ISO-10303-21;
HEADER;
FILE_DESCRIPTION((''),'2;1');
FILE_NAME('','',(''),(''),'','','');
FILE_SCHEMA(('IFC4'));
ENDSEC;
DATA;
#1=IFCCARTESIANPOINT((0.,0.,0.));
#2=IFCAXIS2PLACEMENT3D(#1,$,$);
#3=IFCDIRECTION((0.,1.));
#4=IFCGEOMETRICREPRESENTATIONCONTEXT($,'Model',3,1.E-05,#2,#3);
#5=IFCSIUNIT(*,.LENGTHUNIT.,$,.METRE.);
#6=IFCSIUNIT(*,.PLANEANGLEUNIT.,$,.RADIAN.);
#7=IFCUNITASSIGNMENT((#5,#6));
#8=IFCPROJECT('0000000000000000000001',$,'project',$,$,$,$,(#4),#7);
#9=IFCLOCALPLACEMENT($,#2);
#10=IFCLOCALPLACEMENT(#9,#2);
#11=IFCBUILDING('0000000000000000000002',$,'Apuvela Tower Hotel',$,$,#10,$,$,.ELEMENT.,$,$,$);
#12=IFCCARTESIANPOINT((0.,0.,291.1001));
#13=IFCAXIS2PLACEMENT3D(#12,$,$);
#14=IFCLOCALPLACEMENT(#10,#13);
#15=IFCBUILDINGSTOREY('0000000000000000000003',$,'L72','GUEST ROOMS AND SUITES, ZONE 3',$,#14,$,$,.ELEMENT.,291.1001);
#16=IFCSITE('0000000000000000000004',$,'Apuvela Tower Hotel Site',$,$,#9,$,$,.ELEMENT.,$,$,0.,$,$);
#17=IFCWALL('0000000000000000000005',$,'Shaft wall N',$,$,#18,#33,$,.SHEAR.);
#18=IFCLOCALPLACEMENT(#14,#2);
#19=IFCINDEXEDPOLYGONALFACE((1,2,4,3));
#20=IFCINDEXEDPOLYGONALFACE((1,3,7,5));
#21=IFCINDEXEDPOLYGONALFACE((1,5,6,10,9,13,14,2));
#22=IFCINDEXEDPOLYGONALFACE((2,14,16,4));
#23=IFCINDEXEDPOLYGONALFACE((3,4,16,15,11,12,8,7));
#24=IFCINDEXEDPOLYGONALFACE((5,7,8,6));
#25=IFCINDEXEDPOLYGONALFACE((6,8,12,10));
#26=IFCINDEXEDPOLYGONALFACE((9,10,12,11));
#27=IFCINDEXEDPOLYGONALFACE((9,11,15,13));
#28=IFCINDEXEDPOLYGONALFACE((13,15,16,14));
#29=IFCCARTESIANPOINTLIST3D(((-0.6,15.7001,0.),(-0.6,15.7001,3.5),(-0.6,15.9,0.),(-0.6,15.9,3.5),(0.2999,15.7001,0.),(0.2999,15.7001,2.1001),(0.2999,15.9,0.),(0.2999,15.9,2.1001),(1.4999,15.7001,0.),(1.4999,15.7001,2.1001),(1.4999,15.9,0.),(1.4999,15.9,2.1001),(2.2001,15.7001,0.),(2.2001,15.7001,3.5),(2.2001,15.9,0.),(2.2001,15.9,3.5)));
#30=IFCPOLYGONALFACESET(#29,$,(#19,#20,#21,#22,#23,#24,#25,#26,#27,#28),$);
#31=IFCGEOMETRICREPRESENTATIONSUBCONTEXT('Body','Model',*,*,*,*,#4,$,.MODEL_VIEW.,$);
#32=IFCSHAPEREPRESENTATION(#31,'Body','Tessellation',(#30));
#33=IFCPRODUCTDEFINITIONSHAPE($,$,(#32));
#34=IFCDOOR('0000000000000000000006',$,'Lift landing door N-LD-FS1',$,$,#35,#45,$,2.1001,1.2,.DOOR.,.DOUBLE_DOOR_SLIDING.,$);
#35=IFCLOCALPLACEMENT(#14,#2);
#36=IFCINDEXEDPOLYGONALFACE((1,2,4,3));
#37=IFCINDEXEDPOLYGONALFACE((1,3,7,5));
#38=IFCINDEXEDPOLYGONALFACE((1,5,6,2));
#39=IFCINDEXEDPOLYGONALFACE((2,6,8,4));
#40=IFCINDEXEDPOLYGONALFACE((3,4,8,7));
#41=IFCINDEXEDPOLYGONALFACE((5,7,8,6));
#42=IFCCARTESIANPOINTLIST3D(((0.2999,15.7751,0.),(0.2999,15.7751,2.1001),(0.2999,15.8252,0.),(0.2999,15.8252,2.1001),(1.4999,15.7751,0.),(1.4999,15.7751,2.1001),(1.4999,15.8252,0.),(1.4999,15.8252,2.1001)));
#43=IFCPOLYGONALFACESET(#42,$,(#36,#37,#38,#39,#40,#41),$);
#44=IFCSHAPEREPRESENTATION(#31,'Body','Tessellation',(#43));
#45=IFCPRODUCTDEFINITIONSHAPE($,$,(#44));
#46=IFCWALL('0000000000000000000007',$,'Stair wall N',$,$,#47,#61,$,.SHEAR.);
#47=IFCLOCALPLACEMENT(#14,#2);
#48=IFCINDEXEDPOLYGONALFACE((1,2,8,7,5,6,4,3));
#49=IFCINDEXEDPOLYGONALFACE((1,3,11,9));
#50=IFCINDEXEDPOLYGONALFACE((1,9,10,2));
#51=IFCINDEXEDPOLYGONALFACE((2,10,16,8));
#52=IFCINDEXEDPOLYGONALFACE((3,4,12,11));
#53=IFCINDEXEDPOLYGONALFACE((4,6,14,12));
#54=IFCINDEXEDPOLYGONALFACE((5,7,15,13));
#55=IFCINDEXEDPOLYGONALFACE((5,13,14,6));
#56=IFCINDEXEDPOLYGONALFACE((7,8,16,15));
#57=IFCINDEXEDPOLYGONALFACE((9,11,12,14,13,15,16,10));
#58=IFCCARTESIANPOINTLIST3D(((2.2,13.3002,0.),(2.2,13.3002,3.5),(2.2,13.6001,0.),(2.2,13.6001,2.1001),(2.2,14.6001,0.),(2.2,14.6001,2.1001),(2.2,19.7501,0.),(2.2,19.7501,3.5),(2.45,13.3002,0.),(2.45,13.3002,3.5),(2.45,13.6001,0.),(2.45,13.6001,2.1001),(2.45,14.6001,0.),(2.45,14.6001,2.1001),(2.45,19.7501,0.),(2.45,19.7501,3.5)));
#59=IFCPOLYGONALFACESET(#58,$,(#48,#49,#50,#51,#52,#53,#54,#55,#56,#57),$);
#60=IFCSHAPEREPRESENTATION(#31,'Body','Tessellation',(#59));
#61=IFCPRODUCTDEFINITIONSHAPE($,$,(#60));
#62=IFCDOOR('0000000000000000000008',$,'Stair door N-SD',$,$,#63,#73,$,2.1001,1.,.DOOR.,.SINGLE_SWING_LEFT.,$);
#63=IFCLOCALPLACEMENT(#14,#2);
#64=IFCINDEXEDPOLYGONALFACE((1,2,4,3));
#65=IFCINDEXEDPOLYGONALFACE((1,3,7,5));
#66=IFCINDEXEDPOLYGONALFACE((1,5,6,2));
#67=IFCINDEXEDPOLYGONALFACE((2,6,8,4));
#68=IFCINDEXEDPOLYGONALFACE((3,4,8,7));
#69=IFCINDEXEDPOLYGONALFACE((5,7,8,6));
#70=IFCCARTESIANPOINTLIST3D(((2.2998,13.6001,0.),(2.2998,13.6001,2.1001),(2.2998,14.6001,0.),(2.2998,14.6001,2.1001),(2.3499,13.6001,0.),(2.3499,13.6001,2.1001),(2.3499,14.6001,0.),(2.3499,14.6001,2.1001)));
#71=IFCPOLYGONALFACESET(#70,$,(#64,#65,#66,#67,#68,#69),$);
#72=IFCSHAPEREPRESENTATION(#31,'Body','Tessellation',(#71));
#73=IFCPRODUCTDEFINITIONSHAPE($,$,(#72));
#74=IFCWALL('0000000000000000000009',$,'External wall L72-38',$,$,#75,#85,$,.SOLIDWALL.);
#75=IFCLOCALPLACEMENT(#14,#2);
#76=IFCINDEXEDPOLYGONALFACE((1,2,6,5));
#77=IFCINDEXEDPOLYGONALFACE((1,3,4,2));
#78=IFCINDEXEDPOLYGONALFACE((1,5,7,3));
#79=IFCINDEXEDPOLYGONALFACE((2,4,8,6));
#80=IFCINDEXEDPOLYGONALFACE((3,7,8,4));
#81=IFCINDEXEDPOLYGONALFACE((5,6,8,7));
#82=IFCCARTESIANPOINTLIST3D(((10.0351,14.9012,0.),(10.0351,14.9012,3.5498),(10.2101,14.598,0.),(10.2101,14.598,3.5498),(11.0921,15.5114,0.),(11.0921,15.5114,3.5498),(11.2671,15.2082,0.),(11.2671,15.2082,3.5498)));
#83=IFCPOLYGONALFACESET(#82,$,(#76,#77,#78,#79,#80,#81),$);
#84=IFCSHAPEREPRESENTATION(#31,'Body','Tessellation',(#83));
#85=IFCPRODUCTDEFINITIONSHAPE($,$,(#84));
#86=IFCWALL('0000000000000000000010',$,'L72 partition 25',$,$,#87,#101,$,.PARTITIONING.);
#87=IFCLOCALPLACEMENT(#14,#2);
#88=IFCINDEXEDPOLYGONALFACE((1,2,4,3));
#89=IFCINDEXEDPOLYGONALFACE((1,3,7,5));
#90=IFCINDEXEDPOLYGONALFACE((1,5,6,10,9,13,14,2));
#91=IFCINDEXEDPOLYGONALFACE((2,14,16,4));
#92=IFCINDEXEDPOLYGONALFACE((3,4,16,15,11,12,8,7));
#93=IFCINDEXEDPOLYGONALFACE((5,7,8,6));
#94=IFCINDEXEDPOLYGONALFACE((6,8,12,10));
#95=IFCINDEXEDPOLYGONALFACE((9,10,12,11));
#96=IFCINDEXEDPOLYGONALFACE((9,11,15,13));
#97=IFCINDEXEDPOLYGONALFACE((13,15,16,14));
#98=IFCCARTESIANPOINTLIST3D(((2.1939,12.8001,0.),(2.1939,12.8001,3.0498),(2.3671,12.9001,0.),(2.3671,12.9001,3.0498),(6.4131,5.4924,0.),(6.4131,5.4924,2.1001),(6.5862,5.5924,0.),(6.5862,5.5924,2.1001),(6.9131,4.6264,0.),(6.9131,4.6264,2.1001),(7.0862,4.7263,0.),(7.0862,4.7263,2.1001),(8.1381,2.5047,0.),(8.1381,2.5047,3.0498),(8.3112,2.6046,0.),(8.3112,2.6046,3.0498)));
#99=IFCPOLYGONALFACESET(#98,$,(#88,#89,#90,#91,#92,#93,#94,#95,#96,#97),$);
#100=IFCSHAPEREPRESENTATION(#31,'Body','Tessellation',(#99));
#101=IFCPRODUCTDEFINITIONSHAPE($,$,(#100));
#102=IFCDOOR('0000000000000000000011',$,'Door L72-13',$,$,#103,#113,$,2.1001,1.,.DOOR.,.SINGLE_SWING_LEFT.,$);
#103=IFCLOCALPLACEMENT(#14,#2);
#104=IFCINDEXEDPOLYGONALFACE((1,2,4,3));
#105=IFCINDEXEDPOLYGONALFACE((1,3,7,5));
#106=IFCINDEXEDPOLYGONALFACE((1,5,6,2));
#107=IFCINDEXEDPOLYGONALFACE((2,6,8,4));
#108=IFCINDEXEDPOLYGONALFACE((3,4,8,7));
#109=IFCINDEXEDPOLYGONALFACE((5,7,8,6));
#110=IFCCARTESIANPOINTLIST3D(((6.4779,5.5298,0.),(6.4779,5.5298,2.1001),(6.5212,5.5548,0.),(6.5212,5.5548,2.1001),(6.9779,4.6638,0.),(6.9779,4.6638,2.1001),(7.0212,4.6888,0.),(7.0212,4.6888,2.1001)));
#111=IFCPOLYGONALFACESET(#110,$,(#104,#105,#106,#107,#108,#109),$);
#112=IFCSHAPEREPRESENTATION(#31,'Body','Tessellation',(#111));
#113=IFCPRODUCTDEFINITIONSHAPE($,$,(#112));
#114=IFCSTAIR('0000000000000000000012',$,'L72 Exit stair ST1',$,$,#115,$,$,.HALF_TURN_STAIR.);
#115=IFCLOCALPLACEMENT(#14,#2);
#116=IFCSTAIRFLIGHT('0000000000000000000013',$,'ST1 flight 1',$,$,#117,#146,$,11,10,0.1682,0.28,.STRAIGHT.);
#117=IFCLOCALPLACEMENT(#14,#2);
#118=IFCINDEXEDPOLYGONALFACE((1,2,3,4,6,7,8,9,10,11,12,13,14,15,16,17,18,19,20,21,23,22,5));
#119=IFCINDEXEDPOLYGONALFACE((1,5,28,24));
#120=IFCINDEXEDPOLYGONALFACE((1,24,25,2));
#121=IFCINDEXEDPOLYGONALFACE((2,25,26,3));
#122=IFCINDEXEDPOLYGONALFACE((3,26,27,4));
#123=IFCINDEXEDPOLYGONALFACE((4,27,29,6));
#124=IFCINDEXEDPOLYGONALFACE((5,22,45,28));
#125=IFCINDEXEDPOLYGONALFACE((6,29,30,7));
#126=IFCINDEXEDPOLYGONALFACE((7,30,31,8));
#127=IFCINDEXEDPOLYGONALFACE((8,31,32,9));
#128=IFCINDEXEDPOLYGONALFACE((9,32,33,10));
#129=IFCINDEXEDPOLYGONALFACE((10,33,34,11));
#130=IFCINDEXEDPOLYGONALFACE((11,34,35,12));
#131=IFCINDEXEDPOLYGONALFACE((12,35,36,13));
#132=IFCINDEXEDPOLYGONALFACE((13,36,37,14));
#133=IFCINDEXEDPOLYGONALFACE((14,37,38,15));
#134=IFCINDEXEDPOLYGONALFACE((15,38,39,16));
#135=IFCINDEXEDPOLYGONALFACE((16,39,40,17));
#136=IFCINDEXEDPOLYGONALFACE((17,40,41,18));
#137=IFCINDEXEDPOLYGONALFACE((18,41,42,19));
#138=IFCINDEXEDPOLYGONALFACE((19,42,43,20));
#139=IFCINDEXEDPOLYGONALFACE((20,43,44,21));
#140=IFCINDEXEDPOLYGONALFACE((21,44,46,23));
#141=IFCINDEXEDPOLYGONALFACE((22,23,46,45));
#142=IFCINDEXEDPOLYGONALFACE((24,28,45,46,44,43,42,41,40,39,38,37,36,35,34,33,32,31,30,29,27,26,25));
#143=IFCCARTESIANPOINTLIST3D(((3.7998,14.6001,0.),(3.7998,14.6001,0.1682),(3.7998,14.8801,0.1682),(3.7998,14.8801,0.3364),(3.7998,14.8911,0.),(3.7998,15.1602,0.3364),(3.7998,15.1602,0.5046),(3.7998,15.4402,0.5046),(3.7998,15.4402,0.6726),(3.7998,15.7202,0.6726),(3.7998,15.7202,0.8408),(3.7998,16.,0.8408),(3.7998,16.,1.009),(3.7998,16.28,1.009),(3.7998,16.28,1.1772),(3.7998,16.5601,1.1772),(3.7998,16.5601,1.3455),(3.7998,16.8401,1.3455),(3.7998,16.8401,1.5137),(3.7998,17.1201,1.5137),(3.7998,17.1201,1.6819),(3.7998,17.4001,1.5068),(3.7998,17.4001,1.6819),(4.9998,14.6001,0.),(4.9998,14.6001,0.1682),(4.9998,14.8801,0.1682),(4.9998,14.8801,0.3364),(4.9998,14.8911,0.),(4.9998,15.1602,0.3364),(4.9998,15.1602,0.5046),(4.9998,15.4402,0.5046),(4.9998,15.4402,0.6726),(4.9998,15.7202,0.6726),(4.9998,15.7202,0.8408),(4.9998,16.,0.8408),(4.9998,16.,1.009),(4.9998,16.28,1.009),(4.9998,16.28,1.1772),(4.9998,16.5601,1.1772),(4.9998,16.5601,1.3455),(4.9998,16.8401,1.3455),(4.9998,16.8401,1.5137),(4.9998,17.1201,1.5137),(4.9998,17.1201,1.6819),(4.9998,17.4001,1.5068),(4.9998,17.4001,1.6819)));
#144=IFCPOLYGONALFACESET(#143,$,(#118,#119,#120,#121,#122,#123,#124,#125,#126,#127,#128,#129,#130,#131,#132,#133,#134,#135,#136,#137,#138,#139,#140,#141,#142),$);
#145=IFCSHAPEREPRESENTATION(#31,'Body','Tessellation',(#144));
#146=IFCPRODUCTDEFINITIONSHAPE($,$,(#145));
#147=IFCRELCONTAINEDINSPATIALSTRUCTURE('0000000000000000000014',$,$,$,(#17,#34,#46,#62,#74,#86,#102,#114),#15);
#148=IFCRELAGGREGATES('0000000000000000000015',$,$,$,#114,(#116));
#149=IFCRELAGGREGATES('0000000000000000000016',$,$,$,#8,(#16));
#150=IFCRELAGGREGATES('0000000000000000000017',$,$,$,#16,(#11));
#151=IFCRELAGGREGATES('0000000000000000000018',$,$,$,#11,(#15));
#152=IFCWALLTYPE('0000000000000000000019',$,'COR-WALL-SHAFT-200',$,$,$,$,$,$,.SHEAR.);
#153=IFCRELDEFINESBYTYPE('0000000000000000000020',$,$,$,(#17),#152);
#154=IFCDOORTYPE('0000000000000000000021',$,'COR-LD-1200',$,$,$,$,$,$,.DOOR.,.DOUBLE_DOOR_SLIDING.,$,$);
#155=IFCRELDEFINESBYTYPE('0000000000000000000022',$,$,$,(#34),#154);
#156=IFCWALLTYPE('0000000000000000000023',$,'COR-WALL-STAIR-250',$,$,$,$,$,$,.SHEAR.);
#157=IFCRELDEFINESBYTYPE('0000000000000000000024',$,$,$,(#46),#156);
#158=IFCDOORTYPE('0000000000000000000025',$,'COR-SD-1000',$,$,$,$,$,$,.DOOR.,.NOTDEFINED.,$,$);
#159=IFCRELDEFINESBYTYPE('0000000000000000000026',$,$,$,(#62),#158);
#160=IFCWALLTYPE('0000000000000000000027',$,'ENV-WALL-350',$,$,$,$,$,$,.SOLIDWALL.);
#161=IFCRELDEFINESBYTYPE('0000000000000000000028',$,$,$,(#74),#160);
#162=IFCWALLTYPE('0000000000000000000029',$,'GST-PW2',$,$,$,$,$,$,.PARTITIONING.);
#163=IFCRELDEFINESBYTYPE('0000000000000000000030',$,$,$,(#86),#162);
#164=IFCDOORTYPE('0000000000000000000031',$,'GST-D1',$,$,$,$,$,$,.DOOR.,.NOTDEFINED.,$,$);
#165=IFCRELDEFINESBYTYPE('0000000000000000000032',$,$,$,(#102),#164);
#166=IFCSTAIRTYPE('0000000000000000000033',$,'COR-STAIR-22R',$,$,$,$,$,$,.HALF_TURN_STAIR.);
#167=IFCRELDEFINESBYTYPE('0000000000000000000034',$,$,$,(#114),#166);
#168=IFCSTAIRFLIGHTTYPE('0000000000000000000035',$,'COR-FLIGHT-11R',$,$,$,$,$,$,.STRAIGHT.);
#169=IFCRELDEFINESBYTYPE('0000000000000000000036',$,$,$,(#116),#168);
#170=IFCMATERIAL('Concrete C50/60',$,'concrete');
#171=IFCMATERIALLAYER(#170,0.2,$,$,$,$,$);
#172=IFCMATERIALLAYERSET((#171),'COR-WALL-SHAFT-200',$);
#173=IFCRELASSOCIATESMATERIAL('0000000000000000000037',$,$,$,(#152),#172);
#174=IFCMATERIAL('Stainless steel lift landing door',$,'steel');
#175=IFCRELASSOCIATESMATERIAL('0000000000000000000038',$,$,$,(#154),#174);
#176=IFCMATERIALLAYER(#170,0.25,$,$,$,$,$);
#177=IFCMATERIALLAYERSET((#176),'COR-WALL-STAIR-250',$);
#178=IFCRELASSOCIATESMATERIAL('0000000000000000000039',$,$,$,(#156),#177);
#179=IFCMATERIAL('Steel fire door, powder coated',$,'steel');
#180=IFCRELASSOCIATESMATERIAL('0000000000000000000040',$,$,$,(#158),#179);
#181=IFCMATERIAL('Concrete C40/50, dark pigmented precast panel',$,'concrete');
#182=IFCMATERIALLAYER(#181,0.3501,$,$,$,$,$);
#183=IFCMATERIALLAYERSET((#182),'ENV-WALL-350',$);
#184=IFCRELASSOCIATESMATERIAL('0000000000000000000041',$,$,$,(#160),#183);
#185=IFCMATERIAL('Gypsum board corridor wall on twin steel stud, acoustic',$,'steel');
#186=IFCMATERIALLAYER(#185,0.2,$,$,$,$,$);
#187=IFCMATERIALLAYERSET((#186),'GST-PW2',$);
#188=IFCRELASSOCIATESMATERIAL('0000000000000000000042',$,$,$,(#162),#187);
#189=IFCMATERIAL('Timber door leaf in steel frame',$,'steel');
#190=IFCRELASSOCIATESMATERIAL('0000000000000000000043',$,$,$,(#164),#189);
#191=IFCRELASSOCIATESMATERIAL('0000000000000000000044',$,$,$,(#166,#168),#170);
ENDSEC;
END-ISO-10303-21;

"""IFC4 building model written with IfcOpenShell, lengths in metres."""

from ifc_helpers import new_model, si_unit, direction, frame, frame_2d, origin, place, context, subcontext, project, spatial, polyline, rectangle, outline, extrude, material, layer, layer_set, type_object, element, fill, aggregate, save


model = new_model("IFC4")

# Units and contexts
model_context = context("Model", 3, precision=1e-05, world=origin(), true_north=direction((0.0, 1.0)))
body_context = subcontext(model_context, "Body", "Model", "MODEL_VIEW")
ifc_project = project(units=[si_unit("LENGTHUNIT", "METRE"), si_unit("PLANEANGLEUNIT", "RADIAN")], contexts=[model_context])

# Site, building, storey
site_placement = place(None, origin())
site = spatial("IfcSite", under=ifc_project, at=site_placement, Name="Apuvela Tower Hotel Site", CompositionType="ELEMENT", RefElevation=0.0)
building_placement = place(site_placement, origin())
building = spatial("IfcBuilding", under=site, at=building_placement, Name="Apuvela Tower Hotel", CompositionType="ELEMENT")
storey_placement = place(building_placement, frame((0.0, 0.0, 291.1001)))
storey = spatial("IfcBuildingStorey", under=building, at=storey_placement, Name="L72", Description="GUEST ROOMS AND SUITES, ZONE 3", CompositionType="ELEMENT", Elevation=291.1001)

# Shared definitions
ifc_material_1 = material(Name="Concrete C50/60", Category="concrete")
ifc_material_2 = material(Name="Steel fire door, powder coated", Category="steel")

# Walls, openings, doors
ifc_layer_1 = layer(ifc_material_1, 0.2)
ifc_layer_set_1 = layer_set([ifc_layer_1], Name="COR-WALL-SHAFT-200")
wall_type_1 = type_object("IfcWallType", Name="COR-WALL-SHAFT-200", PredefinedType="SHEAR", material=ifc_layer_set_1)
wall_1_placement = place(storey_placement, frame((2.2, 15.8, 0.0), z_axis=(0.0, 0.0, 1.0), x_axis=(-1.0, 0.0, 0.0)))
wall_1 = element("IfcWall", 1, at=wall_1_placement, inside=storey, type_object=wall_type_1, Name="Shaft wall N", PredefinedType="SHEAR", context=body_context, shape_type="SweptSolid", body=[
    extrude(rectangle(XDim=2.8, YDim=0.2, at=frame_2d((1.3999, 0.0))), origin(), (0.0, 0.0, 1.0), 3.5),
])
opening_1_placement = place(wall_1_placement, frame((0.7, 0.0, 0.0)))
opening_1 = element("IfcOpeningElement", 2, at=opening_1_placement, cuts=wall_1, PredefinedType="OPENING", context=body_context, shape_type="SweptSolid", body=[
    extrude(rectangle(XDim=1.2, YDim=2.1001, at=frame_2d((0.6001, 1.05))), frame((0.0, 0.1099, 0.0), z_axis=(0.0, -1.0, 0.0), x_axis=(1.0, 0.0, 0.0)), (0.0, 0.0, 1.0), 0.22),
])
ifc_material_3 = material(Name="Stainless steel lift landing door", Category="steel")
door_type_1 = type_object("IfcDoorType", Name="COR-LD-1200", OperationType="DOUBLE_DOOR_SLIDING", PredefinedType="DOOR", material=ifc_material_3)
door_1_placement = place(opening_1_placement, origin())
door_1 = element("IfcDoor", 3, at=door_1_placement, inside=storey, type_object=door_type_1, Name="Lift landing door N-LD-FS1", OperationType="DOUBLE_DOOR_SLIDING", OverallHeight=2.1001, OverallWidth=1.2, PredefinedType="DOOR", context=body_context, shape_type="SweptSolid", body=[
    extrude(rectangle(XDim=1.2, YDim=2.1001, at=frame_2d((0.6001, 1.05))), frame((0.0, 0.0249, 0.0), z_axis=(0.0, -1.0, 0.0), x_axis=(1.0, 0.0, 0.0)), (0.0, 0.0, 1.0), 0.05),
])
fill(opening_1, door_1)
ifc_layer_2 = layer(ifc_material_1, 0.25)
ifc_layer_set_2 = layer_set([ifc_layer_2], Name="COR-WALL-STAIR-250")
wall_type_2 = type_object("IfcWallType", Name="COR-WALL-STAIR-250", PredefinedType="SHEAR", material=ifc_layer_set_2)
wall_2_placement = place(storey_placement, frame((2.325, 13.3, 0.0), z_axis=(0.0, 0.0, 1.0), x_axis=(0.0, 1.0, 0.0)))
wall_2 = element("IfcWall", 4, at=wall_2_placement, inside=storey, type_object=wall_type_2, Name="Stair wall N", PredefinedType="SHEAR", context=body_context, shape_type="SweptSolid", body=[
    extrude(rectangle(XDim=6.45, YDim=0.25, at=frame_2d((3.2251, 0.0))), origin(), (0.0, 0.0, 1.0), 3.5),
])
opening_2_placement = place(wall_2_placement, frame((0.3, 0.0, 0.0)))
opening_2 = element("IfcOpeningElement", 5, at=opening_2_placement, cuts=wall_2, PredefinedType="OPENING", context=body_context, shape_type="SweptSolid", body=[
    extrude(rectangle(XDim=1.0, YDim=2.1001, at=frame_2d((0.5, 1.05))), frame((0.0, 0.135, 0.0), z_axis=(0.0, -1.0, 0.0), x_axis=(1.0, 0.0, 0.0)), (0.0, 0.0, 1.0), 0.27),
])
door_type_2 = type_object("IfcDoorType", Name="COR-SD-1000", OperationType="NOTDEFINED", PredefinedType="DOOR", material=ifc_material_2)
door_2_placement = place(opening_2_placement, frame((1.0, 0.0, 0.0), z_axis=(0.0, 0.0, 1.0), x_axis=(-1.0, 0.0, 0.0)))
door_2 = element("IfcDoor", 6, at=door_2_placement, inside=storey, type_object=door_type_2, Name="Stair door N-SD", OperationType="SINGLE_SWING_LEFT", OverallHeight=2.1001, OverallWidth=1.0, PredefinedType="DOOR", context=body_context, shape_type="SweptSolid", body=[
    extrude(rectangle(XDim=1.0, YDim=2.1001, at=frame_2d((0.5, 1.05))), frame((0.0, 0.0249, 0.0), z_axis=(0.0, -1.0, 0.0), x_axis=(1.0, 0.0, 0.0)), (0.0, 0.0, 1.0), 0.05),
])
fill(opening_2, door_2)

# Wall
ifc_material_4 = material(Name="Concrete C40/50, dark pigmented precast panel", Category="concrete")
ifc_layer_3 = layer(ifc_material_4, 0.3501)
ifc_layer_set_3 = layer_set([ifc_layer_3], Name="ENV-WALL-350")
wall_type_3 = type_object("IfcWallType", Name="ENV-WALL-350", PredefinedType="SOLIDWALL", material=ifc_layer_set_3)
wall_3_placement = place(storey_placement, frame((11.1797, 15.3599, 0.0), z_axis=(0.0, 0.0, 1.0), x_axis=(-0.866056, -0.499948, 0.0)))
element("IfcWall", 7, at=wall_3_placement, inside=storey, type_object=wall_type_3, Name="External wall L72-38", PredefinedType="SOLIDWALL", context=body_context, shape_type="SweptSolid", body=[
    extrude(rectangle(XDim=1.2205, YDim=0.3501, at=frame_2d((0.6104, 0.0))), origin(), (0.0, 0.0, 1.0), 3.5498),
])

# Wall, opening, door
ifc_material_5 = material(Name="Gypsum board corridor wall on twin steel stud, acoustic", Category="steel")
ifc_layer_4 = layer(ifc_material_5, 0.2)
ifc_layer_set_4 = layer_set([ifc_layer_4], Name="GST-PW2")
wall_type_4 = type_object("IfcWallType", Name="GST-PW2", PredefinedType="PARTITIONING", material=ifc_layer_set_4)
wall_4_placement = place(storey_placement, frame((2.2805, 12.8501, 0.0), z_axis=(0.0, 0.0, 1.0), x_axis=(0.500002, -0.866024, 0.0)))
wall_4 = element("IfcWall", 8, at=wall_4_placement, inside=storey, type_object=wall_type_4, Name="L72 partition 25", PredefinedType="PARTITIONING", context=body_context, shape_type="SweptSolid", body=[
    extrude(rectangle(XDim=11.8882, YDim=0.2, at=frame_2d((5.9441, 0.0))), origin(), (0.0, 0.0, 1.0), 3.0498),
])
opening_3_placement = place(wall_4_placement, frame((8.4382, 0.0, 0.0)))
opening_3 = element("IfcOpeningElement", 9, at=opening_3_placement, cuts=wall_4, PredefinedType="OPENING", context=body_context, shape_type="SweptSolid", body=[
    extrude(rectangle(XDim=1.0, YDim=2.1001, at=frame_2d((0.5, 1.05))), frame((0.0, 0.1099, 0.0), z_axis=(0.0, -1.0, 0.0), x_axis=(1.0, 0.0, 0.0)), (0.0, 0.0, 1.0), 0.22),
])
ifc_material_6 = material(Name="Timber door leaf in steel frame", Category="steel")
door_type_3 = type_object("IfcDoorType", Name="GST-D1", OperationType="NOTDEFINED", PredefinedType="DOOR", material=ifc_material_6)
door_3_placement = place(opening_3_placement, origin())
door_3 = element("IfcDoor", 10, at=door_3_placement, inside=storey, type_object=door_type_3, Name="Door L72-13", OperationType="SINGLE_SWING_LEFT", OverallHeight=2.1001, OverallWidth=1.0, PredefinedType="DOOR", context=body_context, shape_type="SweptSolid", body=[
    extrude(rectangle(XDim=1.0, YDim=2.1001, at=frame_2d((0.5, 1.05))), frame((0.0, 0.0249, 0.0), z_axis=(0.0, -1.0, 0.0), x_axis=(1.0, 0.0, 0.0)), (0.0, 0.0, 1.0), 0.05),
])
fill(opening_3, door_3)

# Stair, stair flight
stair_type = type_object("IfcStairType", Name="COR-STAIR-22R", PredefinedType="HALF_TURN_STAIR", material=ifc_material_1)
stair_placement = place(storey_placement, origin())
stair = element("IfcStair", 11, at=stair_placement, inside=storey, type_object=stair_type, Name="L72 Exit stair ST1", PredefinedType="HALF_TURN_STAIR")
stair_flight_type = type_object("IfcStairFlightType", Name="COR-FLIGHT-11R", PredefinedType="STRAIGHT", material=ifc_material_1)
stair_flight_placement = place(storey_placement, frame((4.3999, 14.6001, 0.0), z_axis=(0.0, 0.0, 1.0), x_axis=(0.0, 1.0, 0.0)))
stair_flight = element("IfcStairFlight", 12, at=stair_flight_placement, type_object=stair_flight_type, Name="ST1 flight 1", NumberOfRisers=11, NumberOfTreads=10, PredefinedType="STRAIGHT", RiserHeight=0.1682, TreadLength=0.28, context=body_context, shape_type="SweptSolid", body=[
    extrude(outline(polyline([(0.0, 0.0), (0.0, 0.1682), (0.28, 0.1682), (0.28, 0.3364), (0.5601, 0.3364), (0.5601, 0.5046), (0.8401, 0.5046), (0.8401, 0.6726), (1.1201, 0.6726), (1.1201, 0.8408), (1.3999, 0.8408), (1.3999, 1.009), (1.6799, 1.009), (1.6799, 1.1772), (1.96, 1.1772), (1.96, 1.3455), (2.24, 1.3455), (2.24, 1.5137), (2.52, 1.5137), (2.52, 1.6819), (2.8, 1.6819), (2.8, 1.8501), (2.8, 1.5068), (0.291, 0.0), (0.0, 0.0)])), frame((0.0, 0.6001, 0.0), z_axis=(0.0, -1.0, 0.0), x_axis=(1.0, 0.0, 0.0)), (0.0, 0.0, 1.0), 1.2),
])
aggregate(stair, [stair_flight])

save(model, "model.ifc")
